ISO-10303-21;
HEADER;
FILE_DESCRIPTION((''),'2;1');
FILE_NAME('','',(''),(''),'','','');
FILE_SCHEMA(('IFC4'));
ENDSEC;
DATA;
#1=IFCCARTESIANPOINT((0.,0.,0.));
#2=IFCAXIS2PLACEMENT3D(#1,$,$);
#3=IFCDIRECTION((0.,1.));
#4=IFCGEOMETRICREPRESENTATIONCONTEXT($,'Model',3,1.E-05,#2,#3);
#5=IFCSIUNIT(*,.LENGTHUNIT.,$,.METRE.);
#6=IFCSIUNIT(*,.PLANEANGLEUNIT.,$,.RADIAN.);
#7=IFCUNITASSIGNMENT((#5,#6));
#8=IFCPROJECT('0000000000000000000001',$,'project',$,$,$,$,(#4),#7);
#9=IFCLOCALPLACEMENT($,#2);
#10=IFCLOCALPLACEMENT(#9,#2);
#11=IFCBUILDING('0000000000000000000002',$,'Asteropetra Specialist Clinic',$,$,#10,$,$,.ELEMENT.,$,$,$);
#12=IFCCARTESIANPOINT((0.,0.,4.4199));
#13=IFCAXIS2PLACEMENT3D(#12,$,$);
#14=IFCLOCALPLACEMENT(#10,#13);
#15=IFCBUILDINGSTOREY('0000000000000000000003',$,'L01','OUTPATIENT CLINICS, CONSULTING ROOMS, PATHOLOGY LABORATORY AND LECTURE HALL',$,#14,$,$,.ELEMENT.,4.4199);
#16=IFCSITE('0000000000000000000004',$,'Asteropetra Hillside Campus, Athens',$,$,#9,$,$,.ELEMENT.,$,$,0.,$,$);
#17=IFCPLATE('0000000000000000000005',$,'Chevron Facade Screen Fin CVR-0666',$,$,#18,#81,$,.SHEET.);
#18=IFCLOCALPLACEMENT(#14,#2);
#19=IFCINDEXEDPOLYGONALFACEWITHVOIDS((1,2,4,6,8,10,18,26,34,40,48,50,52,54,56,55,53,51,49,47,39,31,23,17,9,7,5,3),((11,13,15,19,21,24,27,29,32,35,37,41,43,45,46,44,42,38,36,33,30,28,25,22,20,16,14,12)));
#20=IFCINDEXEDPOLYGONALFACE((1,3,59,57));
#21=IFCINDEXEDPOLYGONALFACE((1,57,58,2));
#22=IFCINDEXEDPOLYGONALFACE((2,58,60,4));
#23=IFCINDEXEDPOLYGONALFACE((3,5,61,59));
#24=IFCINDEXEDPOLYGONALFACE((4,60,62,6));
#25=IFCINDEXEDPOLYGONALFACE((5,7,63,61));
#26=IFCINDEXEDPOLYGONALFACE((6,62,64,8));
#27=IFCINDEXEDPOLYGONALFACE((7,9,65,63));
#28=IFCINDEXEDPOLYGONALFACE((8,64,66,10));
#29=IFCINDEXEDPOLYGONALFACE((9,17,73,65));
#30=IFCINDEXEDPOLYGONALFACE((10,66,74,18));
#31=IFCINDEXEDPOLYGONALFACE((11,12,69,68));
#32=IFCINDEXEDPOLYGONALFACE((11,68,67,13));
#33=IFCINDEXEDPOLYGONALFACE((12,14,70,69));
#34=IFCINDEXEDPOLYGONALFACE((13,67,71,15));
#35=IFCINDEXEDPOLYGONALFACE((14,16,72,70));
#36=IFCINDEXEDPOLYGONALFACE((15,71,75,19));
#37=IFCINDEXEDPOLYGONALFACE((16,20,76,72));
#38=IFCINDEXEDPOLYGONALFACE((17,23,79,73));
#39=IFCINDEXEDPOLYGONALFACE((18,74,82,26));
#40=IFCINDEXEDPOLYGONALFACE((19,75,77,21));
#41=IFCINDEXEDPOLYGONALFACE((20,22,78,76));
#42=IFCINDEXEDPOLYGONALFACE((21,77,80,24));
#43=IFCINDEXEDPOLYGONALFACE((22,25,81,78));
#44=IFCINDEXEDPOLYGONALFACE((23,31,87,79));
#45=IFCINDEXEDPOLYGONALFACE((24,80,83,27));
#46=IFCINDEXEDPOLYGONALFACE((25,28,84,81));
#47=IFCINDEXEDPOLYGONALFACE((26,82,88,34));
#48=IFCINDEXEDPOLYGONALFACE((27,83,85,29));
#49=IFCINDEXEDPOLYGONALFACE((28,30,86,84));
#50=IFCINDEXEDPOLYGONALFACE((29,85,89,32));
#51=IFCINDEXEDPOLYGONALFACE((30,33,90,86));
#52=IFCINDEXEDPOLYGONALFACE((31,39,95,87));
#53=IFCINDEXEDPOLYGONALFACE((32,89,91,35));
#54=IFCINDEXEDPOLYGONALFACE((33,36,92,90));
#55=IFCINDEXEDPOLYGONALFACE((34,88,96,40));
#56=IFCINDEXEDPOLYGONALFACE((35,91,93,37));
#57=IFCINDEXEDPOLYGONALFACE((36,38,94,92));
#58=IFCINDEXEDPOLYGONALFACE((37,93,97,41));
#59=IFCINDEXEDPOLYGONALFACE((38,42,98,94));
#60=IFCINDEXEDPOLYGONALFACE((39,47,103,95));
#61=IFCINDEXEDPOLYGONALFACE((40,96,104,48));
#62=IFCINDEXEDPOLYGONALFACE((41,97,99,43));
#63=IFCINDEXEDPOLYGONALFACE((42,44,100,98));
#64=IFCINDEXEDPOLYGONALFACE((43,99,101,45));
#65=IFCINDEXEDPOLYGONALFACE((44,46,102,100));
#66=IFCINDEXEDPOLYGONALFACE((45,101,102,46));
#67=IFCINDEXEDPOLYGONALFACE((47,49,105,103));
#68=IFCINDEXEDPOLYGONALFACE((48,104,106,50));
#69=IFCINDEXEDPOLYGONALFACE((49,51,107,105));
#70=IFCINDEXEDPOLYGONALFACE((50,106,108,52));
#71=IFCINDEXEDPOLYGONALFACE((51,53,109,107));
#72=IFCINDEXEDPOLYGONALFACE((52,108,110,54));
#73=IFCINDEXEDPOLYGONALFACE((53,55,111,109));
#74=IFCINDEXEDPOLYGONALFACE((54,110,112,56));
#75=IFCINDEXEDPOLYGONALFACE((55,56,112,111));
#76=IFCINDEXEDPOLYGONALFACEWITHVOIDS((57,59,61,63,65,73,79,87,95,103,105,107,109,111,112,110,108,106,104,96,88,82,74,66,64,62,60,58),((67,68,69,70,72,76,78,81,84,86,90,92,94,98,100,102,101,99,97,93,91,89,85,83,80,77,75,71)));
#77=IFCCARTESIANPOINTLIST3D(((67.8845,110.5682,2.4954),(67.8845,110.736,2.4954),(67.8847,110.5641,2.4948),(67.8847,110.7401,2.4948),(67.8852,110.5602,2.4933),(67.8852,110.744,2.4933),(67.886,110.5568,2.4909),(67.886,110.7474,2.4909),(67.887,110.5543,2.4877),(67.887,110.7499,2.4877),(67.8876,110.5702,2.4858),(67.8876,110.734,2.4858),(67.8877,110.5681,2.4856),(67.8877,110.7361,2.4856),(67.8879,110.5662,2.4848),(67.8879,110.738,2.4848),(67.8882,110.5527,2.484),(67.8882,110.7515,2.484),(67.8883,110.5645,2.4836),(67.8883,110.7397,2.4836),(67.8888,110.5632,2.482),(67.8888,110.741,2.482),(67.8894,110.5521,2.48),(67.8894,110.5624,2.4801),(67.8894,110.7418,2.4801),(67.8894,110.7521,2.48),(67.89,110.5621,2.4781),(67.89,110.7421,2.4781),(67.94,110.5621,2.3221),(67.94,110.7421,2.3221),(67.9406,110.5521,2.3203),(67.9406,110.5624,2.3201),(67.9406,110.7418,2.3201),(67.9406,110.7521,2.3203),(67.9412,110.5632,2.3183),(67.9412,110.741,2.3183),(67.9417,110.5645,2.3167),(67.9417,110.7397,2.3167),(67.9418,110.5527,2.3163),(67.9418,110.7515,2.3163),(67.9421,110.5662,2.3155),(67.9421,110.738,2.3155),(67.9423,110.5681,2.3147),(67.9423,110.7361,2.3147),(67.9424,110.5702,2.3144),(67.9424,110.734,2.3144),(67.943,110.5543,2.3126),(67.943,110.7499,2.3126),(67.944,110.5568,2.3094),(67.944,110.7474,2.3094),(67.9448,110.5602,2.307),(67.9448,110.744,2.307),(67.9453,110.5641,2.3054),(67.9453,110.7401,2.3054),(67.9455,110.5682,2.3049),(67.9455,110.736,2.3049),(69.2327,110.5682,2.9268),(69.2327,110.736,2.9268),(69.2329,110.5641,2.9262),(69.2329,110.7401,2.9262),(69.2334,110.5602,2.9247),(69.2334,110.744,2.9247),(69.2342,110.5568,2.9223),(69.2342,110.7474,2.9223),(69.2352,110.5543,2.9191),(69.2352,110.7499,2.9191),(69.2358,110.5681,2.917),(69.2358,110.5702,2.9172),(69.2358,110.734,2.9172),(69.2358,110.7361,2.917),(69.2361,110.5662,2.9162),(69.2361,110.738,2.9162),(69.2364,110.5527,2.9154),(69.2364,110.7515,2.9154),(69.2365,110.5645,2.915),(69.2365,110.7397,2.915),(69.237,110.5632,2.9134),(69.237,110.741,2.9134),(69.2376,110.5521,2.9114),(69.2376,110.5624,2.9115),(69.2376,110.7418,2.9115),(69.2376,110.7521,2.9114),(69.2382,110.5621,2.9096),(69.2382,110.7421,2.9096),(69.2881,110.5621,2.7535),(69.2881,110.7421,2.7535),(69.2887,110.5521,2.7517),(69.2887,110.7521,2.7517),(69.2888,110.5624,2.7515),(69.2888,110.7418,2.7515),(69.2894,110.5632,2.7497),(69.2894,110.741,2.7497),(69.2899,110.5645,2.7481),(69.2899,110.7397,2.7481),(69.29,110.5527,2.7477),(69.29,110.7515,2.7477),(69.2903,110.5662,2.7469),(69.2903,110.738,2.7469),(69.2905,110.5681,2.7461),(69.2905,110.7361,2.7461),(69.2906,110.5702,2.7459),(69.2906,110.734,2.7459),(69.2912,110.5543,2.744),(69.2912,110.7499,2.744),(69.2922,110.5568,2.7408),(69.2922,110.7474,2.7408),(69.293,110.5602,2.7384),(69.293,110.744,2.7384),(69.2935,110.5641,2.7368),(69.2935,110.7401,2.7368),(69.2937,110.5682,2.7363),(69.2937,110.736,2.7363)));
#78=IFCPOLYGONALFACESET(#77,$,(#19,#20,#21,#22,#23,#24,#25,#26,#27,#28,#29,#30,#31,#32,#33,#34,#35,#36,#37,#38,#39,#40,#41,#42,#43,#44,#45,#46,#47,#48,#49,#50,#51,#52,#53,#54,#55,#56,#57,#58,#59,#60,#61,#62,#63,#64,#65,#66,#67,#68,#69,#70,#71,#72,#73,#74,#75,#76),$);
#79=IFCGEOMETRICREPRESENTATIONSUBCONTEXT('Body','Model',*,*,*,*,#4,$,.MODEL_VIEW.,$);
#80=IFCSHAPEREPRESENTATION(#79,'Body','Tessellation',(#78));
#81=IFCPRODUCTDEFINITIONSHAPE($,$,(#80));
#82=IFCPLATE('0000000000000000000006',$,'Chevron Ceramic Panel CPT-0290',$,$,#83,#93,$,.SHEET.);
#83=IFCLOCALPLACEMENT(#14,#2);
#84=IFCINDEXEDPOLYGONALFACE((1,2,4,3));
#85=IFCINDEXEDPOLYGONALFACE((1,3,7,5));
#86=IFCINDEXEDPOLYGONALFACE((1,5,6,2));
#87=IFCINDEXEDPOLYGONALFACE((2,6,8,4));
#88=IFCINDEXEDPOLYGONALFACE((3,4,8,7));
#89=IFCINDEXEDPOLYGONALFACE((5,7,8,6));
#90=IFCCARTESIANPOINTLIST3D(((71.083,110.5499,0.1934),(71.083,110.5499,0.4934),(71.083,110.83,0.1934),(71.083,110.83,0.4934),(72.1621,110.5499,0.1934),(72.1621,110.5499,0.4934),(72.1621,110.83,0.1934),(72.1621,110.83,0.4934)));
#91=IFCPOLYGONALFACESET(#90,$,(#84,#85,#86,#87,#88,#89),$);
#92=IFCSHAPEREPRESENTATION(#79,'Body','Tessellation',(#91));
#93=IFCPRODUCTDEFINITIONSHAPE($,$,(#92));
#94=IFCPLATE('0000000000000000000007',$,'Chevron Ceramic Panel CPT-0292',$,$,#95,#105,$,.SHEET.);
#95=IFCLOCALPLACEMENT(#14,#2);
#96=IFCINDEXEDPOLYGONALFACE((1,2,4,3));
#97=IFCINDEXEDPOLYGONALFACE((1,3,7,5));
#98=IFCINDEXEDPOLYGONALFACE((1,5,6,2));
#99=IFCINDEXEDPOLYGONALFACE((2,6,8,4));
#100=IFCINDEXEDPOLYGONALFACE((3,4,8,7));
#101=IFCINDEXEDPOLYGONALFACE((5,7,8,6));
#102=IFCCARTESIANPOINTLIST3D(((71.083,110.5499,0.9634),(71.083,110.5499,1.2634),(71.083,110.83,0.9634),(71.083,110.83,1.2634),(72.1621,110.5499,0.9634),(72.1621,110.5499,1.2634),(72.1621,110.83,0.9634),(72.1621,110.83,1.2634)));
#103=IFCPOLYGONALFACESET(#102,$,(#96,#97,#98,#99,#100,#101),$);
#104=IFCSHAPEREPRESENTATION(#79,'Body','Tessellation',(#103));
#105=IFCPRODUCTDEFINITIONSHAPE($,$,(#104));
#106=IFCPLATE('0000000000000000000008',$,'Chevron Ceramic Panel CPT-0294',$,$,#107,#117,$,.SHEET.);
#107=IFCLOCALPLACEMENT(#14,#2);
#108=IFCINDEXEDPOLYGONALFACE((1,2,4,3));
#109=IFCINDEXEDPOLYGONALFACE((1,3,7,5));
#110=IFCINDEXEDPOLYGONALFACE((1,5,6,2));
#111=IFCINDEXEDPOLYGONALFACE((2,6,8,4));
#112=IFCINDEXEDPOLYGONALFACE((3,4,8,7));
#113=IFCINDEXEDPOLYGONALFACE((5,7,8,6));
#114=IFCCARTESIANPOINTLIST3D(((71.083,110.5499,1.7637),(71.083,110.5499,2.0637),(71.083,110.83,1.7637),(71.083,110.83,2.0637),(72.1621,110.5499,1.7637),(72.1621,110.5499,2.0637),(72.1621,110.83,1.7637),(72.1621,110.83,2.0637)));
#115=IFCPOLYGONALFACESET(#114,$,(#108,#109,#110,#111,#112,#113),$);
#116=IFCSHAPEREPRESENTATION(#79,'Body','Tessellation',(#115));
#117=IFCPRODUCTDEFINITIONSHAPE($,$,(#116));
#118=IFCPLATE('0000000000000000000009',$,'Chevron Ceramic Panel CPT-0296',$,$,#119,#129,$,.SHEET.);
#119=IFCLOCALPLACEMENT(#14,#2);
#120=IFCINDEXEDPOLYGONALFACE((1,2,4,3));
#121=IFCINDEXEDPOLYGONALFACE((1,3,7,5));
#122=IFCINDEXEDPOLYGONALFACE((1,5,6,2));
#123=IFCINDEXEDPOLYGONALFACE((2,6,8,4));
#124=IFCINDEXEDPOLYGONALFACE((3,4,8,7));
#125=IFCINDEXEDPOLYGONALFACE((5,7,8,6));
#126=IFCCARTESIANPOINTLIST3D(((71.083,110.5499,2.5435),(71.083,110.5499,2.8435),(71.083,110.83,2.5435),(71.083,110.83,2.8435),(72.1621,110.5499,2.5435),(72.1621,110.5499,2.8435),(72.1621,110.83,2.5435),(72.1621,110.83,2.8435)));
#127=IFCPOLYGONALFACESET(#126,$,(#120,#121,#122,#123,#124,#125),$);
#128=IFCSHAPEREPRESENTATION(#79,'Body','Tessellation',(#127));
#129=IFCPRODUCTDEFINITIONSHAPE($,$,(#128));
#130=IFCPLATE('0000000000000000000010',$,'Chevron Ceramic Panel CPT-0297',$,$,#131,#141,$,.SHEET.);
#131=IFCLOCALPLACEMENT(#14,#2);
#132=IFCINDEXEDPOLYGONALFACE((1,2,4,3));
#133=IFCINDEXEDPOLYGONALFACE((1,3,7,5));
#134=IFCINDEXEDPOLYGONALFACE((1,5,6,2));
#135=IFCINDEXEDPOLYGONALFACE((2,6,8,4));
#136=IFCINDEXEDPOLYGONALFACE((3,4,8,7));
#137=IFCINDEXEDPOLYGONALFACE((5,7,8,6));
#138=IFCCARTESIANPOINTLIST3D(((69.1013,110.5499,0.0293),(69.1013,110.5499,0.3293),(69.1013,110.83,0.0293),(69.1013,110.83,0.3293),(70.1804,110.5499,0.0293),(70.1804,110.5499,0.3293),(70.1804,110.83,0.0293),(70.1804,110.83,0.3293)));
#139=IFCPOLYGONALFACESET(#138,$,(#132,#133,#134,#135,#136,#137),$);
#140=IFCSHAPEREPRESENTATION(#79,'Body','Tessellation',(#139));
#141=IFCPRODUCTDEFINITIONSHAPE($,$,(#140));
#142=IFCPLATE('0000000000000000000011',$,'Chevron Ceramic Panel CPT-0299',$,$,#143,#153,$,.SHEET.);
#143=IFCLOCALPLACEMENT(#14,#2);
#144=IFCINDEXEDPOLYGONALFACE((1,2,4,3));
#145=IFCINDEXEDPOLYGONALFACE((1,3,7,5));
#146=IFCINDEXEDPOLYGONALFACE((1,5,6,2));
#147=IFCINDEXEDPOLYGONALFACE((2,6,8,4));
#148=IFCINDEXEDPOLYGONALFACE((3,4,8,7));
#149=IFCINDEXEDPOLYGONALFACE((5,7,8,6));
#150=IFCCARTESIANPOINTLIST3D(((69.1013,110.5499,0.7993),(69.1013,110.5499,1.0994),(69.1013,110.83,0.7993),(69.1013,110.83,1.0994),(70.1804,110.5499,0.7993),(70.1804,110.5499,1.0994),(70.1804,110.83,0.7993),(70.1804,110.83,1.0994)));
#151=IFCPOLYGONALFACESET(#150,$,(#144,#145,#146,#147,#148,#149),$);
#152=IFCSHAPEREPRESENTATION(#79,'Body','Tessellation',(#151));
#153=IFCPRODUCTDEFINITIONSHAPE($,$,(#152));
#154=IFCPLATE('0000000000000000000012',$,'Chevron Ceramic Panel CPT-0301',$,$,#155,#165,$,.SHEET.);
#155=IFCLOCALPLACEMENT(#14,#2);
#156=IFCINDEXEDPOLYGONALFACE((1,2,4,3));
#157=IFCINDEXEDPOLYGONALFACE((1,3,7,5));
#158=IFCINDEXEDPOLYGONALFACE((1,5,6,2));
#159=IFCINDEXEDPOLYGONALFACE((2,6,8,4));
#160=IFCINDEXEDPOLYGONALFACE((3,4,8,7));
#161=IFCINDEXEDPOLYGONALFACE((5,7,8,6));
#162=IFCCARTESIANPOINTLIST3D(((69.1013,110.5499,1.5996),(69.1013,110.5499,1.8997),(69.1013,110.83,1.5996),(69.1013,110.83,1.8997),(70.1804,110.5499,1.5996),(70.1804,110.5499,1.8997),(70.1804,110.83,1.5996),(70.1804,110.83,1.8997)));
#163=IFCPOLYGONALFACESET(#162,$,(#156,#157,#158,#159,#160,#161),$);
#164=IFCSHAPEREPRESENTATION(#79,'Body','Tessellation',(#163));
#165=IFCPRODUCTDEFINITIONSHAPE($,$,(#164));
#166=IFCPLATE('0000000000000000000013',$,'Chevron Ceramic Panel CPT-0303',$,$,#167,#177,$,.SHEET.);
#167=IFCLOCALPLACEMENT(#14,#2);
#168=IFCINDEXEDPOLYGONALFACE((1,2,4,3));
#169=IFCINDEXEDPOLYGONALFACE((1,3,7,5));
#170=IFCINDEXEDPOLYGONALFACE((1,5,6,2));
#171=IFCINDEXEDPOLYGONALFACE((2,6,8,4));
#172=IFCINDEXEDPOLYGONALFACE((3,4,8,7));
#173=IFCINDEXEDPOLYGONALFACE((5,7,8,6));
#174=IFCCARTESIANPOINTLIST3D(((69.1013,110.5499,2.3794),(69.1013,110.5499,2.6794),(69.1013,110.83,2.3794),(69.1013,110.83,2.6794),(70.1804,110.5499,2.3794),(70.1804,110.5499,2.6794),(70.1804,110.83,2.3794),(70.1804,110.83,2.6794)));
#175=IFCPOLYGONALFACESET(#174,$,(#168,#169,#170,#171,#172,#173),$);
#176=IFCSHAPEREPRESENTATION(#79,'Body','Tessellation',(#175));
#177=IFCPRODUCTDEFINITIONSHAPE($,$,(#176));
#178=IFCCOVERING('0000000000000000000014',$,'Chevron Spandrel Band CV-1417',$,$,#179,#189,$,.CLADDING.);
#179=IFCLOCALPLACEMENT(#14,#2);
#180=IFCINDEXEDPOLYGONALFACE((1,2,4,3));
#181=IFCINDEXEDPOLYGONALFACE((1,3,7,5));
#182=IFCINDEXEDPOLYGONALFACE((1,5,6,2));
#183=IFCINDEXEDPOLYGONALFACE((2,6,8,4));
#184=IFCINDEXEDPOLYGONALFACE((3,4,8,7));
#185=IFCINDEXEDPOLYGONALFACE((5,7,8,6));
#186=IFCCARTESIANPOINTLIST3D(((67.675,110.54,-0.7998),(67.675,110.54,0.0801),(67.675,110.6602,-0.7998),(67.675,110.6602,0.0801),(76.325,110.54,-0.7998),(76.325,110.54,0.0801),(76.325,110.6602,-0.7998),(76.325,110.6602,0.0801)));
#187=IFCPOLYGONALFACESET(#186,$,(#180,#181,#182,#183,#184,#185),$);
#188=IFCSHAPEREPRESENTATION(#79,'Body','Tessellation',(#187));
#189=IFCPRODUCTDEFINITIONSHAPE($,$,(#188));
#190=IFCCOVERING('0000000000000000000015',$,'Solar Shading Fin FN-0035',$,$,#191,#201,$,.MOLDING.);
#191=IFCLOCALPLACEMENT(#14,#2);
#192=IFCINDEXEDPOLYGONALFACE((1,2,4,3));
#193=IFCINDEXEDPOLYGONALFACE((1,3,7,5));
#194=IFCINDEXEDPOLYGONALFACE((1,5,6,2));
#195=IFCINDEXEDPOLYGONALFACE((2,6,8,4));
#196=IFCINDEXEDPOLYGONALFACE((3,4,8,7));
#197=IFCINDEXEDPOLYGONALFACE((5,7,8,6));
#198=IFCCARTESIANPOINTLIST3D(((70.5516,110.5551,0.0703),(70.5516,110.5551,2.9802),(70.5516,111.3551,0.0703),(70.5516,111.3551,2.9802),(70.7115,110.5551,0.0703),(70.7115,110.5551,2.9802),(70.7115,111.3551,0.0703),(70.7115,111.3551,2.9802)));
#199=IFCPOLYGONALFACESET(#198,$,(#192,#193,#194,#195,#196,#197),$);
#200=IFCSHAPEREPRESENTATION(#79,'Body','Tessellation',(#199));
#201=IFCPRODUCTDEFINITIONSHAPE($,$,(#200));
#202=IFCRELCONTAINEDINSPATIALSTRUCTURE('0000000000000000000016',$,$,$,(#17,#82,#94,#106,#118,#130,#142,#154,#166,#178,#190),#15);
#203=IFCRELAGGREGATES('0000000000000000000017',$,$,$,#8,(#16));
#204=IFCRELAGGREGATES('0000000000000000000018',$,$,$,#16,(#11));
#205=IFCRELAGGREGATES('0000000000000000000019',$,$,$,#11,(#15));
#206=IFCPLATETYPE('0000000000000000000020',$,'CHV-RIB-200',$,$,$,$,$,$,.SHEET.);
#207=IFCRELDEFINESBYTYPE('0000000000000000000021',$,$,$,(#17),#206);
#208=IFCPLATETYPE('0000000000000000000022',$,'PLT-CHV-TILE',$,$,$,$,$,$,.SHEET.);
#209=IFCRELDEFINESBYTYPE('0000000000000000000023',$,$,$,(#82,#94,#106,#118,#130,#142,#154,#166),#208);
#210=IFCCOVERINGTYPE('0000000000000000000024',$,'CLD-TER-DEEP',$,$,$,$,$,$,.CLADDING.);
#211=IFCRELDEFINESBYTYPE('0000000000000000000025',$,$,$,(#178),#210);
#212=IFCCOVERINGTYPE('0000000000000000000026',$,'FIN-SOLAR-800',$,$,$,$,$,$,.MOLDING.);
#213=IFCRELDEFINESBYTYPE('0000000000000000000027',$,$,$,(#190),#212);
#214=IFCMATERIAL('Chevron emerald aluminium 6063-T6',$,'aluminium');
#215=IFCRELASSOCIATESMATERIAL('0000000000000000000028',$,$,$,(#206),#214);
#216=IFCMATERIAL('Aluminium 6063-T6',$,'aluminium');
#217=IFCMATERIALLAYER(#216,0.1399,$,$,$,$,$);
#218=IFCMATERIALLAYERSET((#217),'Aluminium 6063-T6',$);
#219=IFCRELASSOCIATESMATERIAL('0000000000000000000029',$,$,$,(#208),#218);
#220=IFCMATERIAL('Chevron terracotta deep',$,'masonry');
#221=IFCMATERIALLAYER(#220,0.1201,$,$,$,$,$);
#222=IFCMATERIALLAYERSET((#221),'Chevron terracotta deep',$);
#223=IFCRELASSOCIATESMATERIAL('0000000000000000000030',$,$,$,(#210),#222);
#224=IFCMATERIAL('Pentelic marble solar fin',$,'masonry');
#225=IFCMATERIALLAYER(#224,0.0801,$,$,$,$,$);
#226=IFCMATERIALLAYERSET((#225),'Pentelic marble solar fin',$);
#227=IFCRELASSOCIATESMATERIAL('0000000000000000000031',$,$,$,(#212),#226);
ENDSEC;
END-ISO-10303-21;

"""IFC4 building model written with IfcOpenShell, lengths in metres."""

from ifc_helpers import new_model, si_unit, direction, frame, origin, origin_2d, place, context, subcontext, project, spatial, rectangle, hollow_rectangle, extrude, material, layer, layer_set, material_profile, profile_set, type_object, element, save


model = new_model("IFC4")

# Units and contexts
model_context = context("Model", 3, precision=1e-05, world=origin(), true_north=direction((0.0, 1.0)))
body_context = subcontext(model_context, "Body", "Model", "MODEL_VIEW")
ifc_project = project(units=[si_unit("LENGTHUNIT", "METRE"), si_unit("PLANEANGLEUNIT", "RADIAN")], contexts=[model_context])

# Site, building, storey
site_placement = place(None, origin())
site = spatial("IfcSite", under=ifc_project, at=site_placement, Name="Asteropetra Hillside Campus, Athens", CompositionType="ELEMENT", RefElevation=0.0)
building_placement = place(site_placement, origin())
building = spatial("IfcBuilding", under=site, at=building_placement, Name="Asteropetra Specialist Clinic", CompositionType="ELEMENT")
storey_placement = place(building_placement, frame((0.0, 0.0, 4.4199)))
storey = spatial("IfcBuildingStorey", under=building, at=storey_placement, Name="L01", Description="OUTPATIENT CLINICS, CONSULTING ROOMS, PATHOLOGY LABORATORY AND LECTURE HALL", CompositionType="ELEMENT", Elevation=4.4199)

# Plates
ifc_material_1 = material(Name="Chevron emerald aluminium 6063-T6", Category="aluminium")
ifc_material_profile_1 = material_profile(ifc_material_1, hollow_rectangle(XDim=0.2, YDim=0.2, WallThickness=0.01, InnerFilletRadius=0.0081, OuterFilletRadius=0.0161, at=origin_2d()), Name="SHS 200x200x10.0")
ifc_profile_set_1 = profile_set([ifc_material_profile_1], Name="Chevron emerald aluminium 6063-T6")
plate_type_1 = type_object("IfcPlateType", Name="CHV-RIB-200", PredefinedType="SHEET", material=ifc_profile_set_1)
plate_1_placement = place(storey_placement, frame((69.2632, 110.6521, 2.8315), z_axis=(-0.952426, 0.0, -0.304769), x_axis=(0.0, -1.0, 0.0)))
element("IfcPlate", 1, at=plate_1_placement, inside=storey, type_object=plate_type_1, Name="Chevron Facade Screen Fin CVR-0666", PredefinedType="SHEET", context=body_context, shape_type="SweptSolid", body=[
    extrude(hollow_rectangle(XDim=0.2, YDim=0.2, WallThickness=0.01, InnerFilletRadius=0.0081, OuterFilletRadius=0.0161, at=origin_2d()), origin(), (0.0, 0.0, 1.0), 1.4155),
])
ifc_material_2 = material(Name="Aluminium 6063-T6", Category="aluminium")
ifc_layer_1 = layer(ifc_material_2, 0.1399)
ifc_layer_set_1 = layer_set([ifc_layer_1], Name="Aluminium 6063-T6")
plate_type_2 = type_object("IfcPlateType", Name="PLT-CHV-TILE", PredefinedType="SHEET", material=ifc_layer_set_1)
for number, where, z_axis, x_axis, name in (
    (2, (71.6226, 110.6899, 0.1934), (0.0, 0.0, 1.0), (1.0, 0.0, 0.0), "Chevron Ceramic Panel CPT-0290"),
    (3, (71.6226, 110.6899, 0.9634), (0.0, 0.0, 1.0), (1.0, 0.0, 0.0), "Chevron Ceramic Panel CPT-0292"),
    (4, (71.6226, 110.6899, 1.7637), (0.0, 0.0, 1.0), (1.0, 0.0, 0.0), "Chevron Ceramic Panel CPT-0294"),
    (5, (71.6226, 110.6899, 2.5435), (0.0, 0.0, 1.0), (1.0, 0.0, 0.0), "Chevron Ceramic Panel CPT-0296"),
    (6, (69.6409, 110.6899, 0.0293), (0.0, 0.0, 1.0), (1.0, 0.0, 0.0), "Chevron Ceramic Panel CPT-0297"),
    (7, (69.6409, 110.6899, 0.7993), (0.0, 0.0, 1.0), (1.0, 0.0, 0.0), "Chevron Ceramic Panel CPT-0299"),
    (8, (69.6409, 110.6899, 1.5996), (0.0, 0.0, 1.0), (1.0, 0.0, 0.0), "Chevron Ceramic Panel CPT-0301"),
    (9, (69.6409, 110.6899, 2.3794), (0.0, 0.0, 1.0), (1.0, 0.0, 0.0), "Chevron Ceramic Panel CPT-0303"),
):
    element("IfcPlate", number, at=place(storey_placement, frame(where, z_axis=z_axis, x_axis=x_axis)), inside=storey, type_object=plate_type_2, Name=name, PredefinedType="SHEET", context=body_context, shape_type="SweptSolid", body=[
        extrude(rectangle(XDim=1.0791, YDim=0.28, at=origin_2d()), origin(), (0.0, 0.0, 1.0), 0.3),
    ])

# Coverings
ifc_material_3 = material(Name="Chevron terracotta deep", Category="masonry")
ifc_layer_2 = layer(ifc_material_3, 0.1201)
ifc_layer_set_2 = layer_set([ifc_layer_2], Name="Chevron terracotta deep")
covering_type_1 = type_object("IfcCoveringType", Name="CLD-TER-DEEP", PredefinedType="CLADDING", material=ifc_layer_set_2)
covering_1_placement = place(storey_placement, frame((72.0, 110.6001, -0.7998), z_axis=(0.0, 0.0, 1.0), x_axis=(1.0, 0.0, 0.0)))
element("IfcCovering", 10, at=covering_1_placement, inside=storey, type_object=covering_type_1, Name="Chevron Spandrel Band CV-1417", PredefinedType="CLADDING", context=body_context, shape_type="SweptSolid", body=[
    extrude(rectangle(XDim=8.6499, YDim=0.1201, at=origin_2d()), origin(), (0.0, 0.0, 1.0), 0.8799),
])
ifc_material_4 = material(Name="Pentelic marble solar fin", Category="masonry")
ifc_layer_3 = layer(ifc_material_4, 0.0801)
ifc_layer_set_3 = layer_set([ifc_layer_3], Name="Pentelic marble solar fin")
covering_type_2 = type_object("IfcCoveringType", Name="FIN-SOLAR-800", PredefinedType="MOLDING", material=ifc_layer_set_3)
covering_2_placement = place(storey_placement, frame((70.6316, 110.9551, 0.0703), z_axis=(0.0, 0.0, 1.0), x_axis=(1.0, 0.0, 0.0)))
element("IfcCovering", 11, at=covering_2_placement, inside=storey, type_object=covering_type_2, Name="Solar Shading Fin FN-0035", PredefinedType="MOLDING", context=body_context, shape_type="SweptSolid", body=[
    extrude(rectangle(XDim=0.1599, YDim=0.8, at=origin_2d()), origin(), (0.0, 0.0, 1.0), 2.9099),
])

save(model, "model.ifc")
